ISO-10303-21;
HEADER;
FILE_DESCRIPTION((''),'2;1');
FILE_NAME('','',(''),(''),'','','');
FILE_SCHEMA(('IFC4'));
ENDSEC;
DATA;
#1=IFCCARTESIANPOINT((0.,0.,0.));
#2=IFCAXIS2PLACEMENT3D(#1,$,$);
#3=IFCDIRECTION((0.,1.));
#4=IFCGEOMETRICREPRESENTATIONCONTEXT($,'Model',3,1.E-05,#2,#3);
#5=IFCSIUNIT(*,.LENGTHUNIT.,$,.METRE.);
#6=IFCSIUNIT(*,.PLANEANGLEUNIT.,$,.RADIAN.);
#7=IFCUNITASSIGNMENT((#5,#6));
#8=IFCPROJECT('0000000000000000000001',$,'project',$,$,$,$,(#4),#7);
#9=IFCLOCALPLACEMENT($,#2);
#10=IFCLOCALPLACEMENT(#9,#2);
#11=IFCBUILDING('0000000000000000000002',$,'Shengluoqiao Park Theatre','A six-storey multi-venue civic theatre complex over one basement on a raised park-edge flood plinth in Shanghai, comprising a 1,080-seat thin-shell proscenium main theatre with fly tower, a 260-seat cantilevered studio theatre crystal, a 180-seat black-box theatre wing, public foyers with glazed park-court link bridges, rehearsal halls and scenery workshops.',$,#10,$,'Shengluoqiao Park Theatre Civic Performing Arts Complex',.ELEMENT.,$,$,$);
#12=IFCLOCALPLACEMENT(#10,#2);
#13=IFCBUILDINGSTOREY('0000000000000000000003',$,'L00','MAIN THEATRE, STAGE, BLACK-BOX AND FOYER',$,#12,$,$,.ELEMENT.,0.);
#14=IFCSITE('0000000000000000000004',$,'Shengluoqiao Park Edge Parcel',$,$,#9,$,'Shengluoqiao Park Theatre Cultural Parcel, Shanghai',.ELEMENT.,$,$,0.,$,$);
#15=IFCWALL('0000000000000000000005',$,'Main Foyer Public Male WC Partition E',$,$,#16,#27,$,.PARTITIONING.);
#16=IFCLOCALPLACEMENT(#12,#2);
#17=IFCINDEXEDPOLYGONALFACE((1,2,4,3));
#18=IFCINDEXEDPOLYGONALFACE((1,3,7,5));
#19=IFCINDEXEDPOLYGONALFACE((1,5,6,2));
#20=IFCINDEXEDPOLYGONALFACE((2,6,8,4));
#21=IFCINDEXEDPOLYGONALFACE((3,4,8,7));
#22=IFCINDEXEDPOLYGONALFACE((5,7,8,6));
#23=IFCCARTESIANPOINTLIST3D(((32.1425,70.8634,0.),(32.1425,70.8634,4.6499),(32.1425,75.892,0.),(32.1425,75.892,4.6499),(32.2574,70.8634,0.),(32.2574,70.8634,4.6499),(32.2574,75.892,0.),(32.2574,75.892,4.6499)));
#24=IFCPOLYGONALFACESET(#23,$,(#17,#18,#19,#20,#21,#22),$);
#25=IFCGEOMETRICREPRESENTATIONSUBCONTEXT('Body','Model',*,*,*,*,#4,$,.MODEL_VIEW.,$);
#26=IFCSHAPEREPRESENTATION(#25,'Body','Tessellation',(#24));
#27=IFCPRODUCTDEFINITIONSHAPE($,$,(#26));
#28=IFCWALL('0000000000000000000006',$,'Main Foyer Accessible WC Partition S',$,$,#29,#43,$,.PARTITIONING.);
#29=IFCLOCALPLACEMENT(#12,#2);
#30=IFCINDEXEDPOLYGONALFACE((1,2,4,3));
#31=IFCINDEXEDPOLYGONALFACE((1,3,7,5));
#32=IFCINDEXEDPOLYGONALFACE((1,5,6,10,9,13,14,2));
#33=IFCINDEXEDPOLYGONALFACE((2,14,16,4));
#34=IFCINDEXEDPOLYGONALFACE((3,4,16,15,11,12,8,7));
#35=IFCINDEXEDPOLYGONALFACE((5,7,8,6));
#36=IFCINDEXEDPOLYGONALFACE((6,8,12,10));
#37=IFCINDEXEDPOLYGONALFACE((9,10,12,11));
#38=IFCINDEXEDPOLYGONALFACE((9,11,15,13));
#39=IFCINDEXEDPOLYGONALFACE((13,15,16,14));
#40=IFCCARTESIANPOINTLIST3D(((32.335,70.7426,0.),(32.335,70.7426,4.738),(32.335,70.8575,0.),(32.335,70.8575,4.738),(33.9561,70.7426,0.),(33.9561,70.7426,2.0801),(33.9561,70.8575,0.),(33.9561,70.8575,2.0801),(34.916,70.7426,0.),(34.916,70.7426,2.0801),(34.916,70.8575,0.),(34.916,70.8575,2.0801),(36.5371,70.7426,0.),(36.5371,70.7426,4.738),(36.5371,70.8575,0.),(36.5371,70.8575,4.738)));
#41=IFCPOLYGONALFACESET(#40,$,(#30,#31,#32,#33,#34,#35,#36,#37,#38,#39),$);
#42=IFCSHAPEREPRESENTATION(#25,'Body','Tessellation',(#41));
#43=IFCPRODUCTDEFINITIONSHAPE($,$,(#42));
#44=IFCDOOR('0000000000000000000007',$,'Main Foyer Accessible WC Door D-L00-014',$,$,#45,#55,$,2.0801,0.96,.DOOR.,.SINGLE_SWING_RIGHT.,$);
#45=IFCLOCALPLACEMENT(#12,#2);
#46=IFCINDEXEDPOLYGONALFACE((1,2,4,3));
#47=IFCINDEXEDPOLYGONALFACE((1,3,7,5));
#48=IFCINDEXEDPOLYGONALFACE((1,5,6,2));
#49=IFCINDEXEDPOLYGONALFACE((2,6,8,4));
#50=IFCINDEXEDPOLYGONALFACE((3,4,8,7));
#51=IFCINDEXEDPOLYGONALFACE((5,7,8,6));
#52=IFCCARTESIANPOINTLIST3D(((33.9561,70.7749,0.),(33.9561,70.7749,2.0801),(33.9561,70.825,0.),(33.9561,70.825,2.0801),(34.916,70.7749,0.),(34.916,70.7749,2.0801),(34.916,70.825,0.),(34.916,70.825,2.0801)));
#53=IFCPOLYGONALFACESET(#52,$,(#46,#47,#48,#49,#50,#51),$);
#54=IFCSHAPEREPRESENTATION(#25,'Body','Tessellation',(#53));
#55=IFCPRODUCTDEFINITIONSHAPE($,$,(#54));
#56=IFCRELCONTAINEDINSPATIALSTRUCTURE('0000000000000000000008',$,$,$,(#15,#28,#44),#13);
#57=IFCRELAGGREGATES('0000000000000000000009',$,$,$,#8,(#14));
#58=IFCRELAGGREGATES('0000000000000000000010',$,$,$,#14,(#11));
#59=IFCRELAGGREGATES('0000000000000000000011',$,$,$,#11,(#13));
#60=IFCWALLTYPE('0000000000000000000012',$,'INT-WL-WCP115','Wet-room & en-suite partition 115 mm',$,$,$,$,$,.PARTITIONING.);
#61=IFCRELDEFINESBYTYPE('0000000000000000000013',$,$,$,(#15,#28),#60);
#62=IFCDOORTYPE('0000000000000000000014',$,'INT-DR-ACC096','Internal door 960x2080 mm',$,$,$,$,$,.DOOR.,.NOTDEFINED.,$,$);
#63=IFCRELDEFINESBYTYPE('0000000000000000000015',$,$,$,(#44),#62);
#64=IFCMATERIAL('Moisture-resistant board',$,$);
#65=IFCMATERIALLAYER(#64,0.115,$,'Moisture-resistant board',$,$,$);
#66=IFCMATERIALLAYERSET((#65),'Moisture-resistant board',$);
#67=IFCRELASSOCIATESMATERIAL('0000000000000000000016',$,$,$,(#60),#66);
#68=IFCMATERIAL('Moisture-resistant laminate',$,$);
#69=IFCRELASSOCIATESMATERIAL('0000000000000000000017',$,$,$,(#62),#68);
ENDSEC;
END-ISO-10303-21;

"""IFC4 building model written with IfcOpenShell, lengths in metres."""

from ifc_helpers import new_model, si_unit, direction, frame, frame_2d, origin, place, context, subcontext, project, spatial, rectangle, extrude, material, layer, layer_set, type_object, element, fill, save


model = new_model("IFC4")

# Units and contexts
model_context = context("Model", 3, precision=1e-05, world=origin(), true_north=direction((0.0, 1.0)))
body_context = subcontext(model_context, "Body", "Model", "MODEL_VIEW")
ifc_project = project(units=[si_unit("LENGTHUNIT", "METRE"), si_unit("PLANEANGLEUNIT", "RADIAN")], contexts=[model_context])

# Site, building, storey
site_placement = place(None, origin())
site = spatial("IfcSite", under=ifc_project, at=site_placement, Name="Shengluoqiao Park Edge Parcel", LongName="Shengluoqiao Park Theatre Cultural Parcel, Shanghai", CompositionType="ELEMENT", RefElevation=0.0)
building_placement = place(site_placement, origin())
building = spatial("IfcBuilding", under=site, at=building_placement, Name="Shengluoqiao Park Theatre", Description="A six-storey multi-venue civic theatre complex over one basement on a raised park-edge flood plinth in Shanghai, comprising a 1,080-seat thin-shell proscenium main theatre with fly tower, a 260-seat cantilevered studio theatre crystal, a 180-seat black-box theatre wing, public foyers with glazed park-court link bridges, rehearsal halls and scenery workshops.", LongName="Shengluoqiao Park Theatre Civic Performing Arts Complex", CompositionType="ELEMENT")
storey_placement = place(building_placement, origin())
storey = spatial("IfcBuildingStorey", under=building, at=storey_placement, Name="L00", Description="MAIN THEATRE, STAGE, BLACK-BOX AND FOYER", CompositionType="ELEMENT", Elevation=0.0)

# Wall
ifc_material_1 = material(Name="Moisture-resistant board")
ifc_layer_1 = layer(ifc_material_1, 0.115, Name="Moisture-resistant board")
ifc_layer_set_1 = layer_set([ifc_layer_1], Name="Moisture-resistant board")
wall_type = type_object("IfcWallType", Name="INT-WL-WCP115", Description="Wet-room & en-suite partition 115 mm", PredefinedType="PARTITIONING", material=ifc_layer_set_1)
wall_1_placement = place(storey_placement, frame((32.2, 70.8635, 0.0), z_axis=(0.0, 0.0, 1.0), x_axis=(0.0, 1.0, 0.0)))
element("IfcWall", 1, at=wall_1_placement, inside=storey, type_object=wall_type, Name="Main Foyer Public Male WC Partition E", PredefinedType="PARTITIONING", context=body_context, shape_type="SweptSolid", body=[
    extrude(rectangle(XDim=5.0286, YDim=0.115, at=frame_2d((2.5142, 0.0))), origin(), (0.0, 0.0, 1.0), 4.6499),
])

# Wall, opening, door
wall_2_placement = place(storey_placement, frame((32.335, 70.8, 0.0), z_axis=(0.0, 0.0, 1.0), x_axis=(1.0, 0.0, 0.0)))
wall_2 = element("IfcWall", 2, at=wall_2_placement, inside=storey, type_object=wall_type, Name="Main Foyer Accessible WC Partition S", PredefinedType="PARTITIONING", context=body_context, shape_type="SweptSolid", body=[
    extrude(rectangle(XDim=4.2021, YDim=0.115, at=frame_2d((2.1011, 0.0))), origin(), (0.0, 0.0, 1.0), 4.738),
])
opening_placement = place(wall_2_placement, frame((1.6211, 0.0, 0.0)))
opening = element("IfcOpeningElement", 3, at=opening_placement, cuts=wall_2, PredefinedType="OPENING", context=body_context, shape_type="SweptSolid", body=[
    extrude(rectangle(XDim=0.96, YDim=2.0801, at=frame_2d((0.48, 1.04))), frame((0.0, 0.0674, 0.0), z_axis=(0.0, -1.0, 0.0), x_axis=(1.0, 0.0, 0.0)), (0.0, 0.0, 1.0), 0.135),
])
ifc_material_2 = material(Name="Moisture-resistant laminate")
door_type = type_object("IfcDoorType", Name="INT-DR-ACC096", Description="Internal door 960x2080 mm", OperationType="NOTDEFINED", PredefinedType="DOOR", material=ifc_material_2)
door_placement = place(opening_placement, origin())
door = element("IfcDoor", 4, at=door_placement, inside=storey, type_object=door_type, Name="Main Foyer Accessible WC Door D-L00-014", OperationType="SINGLE_SWING_RIGHT", OverallHeight=2.0801, OverallWidth=0.96, PredefinedType="DOOR", context=body_context, shape_type="SweptSolid", body=[
    extrude(rectangle(XDim=0.96, YDim=2.0801, at=frame_2d((0.48, 1.04))), frame((0.0, 0.0249, 0.0), z_axis=(0.0, -1.0, 0.0), x_axis=(1.0, 0.0, 0.0)), (0.0, 0.0, 1.0), 0.05),
])
fill(opening, door)

save(model, "model.ifc")
